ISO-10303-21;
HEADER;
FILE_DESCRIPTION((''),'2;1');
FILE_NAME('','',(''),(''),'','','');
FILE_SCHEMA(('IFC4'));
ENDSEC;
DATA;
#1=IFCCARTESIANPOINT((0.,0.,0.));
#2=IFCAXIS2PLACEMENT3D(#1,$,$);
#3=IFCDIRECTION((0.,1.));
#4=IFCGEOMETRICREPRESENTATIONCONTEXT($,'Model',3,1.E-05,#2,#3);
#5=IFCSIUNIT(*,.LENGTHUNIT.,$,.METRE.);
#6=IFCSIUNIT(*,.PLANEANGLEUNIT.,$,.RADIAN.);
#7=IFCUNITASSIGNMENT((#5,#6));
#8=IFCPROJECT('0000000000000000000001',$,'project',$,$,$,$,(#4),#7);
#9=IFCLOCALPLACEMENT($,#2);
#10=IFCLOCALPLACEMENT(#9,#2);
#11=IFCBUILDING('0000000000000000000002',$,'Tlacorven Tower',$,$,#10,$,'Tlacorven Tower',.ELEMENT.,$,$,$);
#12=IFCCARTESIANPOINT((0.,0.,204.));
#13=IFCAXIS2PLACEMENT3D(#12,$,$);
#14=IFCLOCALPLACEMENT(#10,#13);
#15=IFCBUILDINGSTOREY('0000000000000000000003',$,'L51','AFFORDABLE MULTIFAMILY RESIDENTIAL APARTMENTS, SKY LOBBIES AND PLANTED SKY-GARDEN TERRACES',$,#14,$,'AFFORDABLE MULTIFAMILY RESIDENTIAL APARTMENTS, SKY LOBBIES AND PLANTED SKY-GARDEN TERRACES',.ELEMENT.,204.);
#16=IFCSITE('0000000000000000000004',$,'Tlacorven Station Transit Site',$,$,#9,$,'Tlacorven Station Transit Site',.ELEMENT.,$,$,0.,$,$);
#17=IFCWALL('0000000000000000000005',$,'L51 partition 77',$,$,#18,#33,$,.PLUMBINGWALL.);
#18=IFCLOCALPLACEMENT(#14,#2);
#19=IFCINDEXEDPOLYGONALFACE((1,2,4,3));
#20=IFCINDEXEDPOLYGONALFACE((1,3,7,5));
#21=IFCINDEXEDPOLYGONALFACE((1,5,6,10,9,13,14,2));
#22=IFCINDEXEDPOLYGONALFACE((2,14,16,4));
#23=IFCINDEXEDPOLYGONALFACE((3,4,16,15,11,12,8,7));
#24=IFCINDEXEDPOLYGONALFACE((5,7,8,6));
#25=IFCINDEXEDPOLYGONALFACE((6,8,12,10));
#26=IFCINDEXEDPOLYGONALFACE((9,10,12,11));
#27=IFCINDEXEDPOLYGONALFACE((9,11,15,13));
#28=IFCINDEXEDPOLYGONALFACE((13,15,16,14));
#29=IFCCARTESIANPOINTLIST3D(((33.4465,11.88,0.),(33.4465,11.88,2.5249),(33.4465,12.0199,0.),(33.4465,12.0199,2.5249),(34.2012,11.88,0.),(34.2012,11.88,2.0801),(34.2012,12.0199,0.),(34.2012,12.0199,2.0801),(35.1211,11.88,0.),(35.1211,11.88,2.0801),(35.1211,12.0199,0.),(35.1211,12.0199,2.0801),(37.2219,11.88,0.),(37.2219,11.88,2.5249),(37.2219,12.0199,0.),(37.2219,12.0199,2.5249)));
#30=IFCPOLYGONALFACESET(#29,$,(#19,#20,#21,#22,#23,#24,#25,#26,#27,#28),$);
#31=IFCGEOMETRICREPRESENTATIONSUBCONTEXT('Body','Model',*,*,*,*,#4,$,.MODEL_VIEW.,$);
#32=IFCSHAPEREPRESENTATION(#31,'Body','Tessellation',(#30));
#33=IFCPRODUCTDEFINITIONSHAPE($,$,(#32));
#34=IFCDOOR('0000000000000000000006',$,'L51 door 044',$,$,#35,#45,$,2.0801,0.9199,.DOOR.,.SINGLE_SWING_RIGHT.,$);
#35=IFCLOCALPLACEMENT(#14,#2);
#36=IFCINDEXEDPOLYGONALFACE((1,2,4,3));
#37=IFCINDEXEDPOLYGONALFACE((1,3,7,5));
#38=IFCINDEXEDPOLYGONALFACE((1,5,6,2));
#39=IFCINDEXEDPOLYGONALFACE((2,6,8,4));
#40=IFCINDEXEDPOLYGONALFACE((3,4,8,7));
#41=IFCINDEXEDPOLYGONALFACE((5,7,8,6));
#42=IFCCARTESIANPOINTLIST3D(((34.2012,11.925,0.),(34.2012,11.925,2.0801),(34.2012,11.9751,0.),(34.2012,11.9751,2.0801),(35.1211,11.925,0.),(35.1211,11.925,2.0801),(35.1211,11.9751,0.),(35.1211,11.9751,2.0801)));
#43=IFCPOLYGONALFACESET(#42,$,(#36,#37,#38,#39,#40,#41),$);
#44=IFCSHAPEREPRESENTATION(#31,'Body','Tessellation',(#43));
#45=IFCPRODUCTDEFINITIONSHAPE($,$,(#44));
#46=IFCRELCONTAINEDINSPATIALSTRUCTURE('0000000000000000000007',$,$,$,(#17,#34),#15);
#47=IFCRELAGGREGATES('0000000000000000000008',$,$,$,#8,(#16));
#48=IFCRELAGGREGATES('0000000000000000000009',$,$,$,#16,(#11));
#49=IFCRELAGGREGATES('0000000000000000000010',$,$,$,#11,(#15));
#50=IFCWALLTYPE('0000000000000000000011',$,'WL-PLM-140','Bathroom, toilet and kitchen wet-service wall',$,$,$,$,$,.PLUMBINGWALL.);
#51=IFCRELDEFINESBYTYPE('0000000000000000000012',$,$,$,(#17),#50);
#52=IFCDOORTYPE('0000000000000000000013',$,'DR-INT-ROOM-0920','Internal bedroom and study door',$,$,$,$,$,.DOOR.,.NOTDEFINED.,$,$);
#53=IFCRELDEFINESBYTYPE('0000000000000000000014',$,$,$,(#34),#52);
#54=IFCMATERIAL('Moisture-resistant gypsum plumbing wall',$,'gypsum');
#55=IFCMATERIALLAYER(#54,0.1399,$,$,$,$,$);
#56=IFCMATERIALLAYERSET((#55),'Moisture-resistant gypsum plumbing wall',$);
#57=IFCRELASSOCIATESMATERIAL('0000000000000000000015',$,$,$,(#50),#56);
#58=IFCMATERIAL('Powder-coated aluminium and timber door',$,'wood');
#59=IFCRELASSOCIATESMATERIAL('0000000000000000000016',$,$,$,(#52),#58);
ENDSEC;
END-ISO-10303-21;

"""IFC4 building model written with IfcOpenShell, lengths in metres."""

from ifc_helpers import new_model, si_unit, direction, frame, frame_2d, origin, place, context, subcontext, project, spatial, rectangle, extrude, source, transform, mapped, material, layer, layer_set, type_object, element, fill, save


model = new_model("IFC4")

# Units and contexts
model_context = context("Model", 3, precision=1e-05, world=origin(), true_north=direction((0.0, 1.0)))
body_context = subcontext(model_context, "Body", "Model", "MODEL_VIEW")
ifc_project = project(units=[si_unit("LENGTHUNIT", "METRE"), si_unit("PLANEANGLEUNIT", "RADIAN")], contexts=[model_context])

# Site, building, storey
site_placement = place(None, origin())
site = spatial("IfcSite", under=ifc_project, at=site_placement, Name="Tlacorven Station Transit Site", LongName="Tlacorven Station Transit Site", CompositionType="ELEMENT", RefElevation=0.0)
building_placement = place(site_placement, origin())
building = spatial("IfcBuilding", under=site, at=building_placement, Name="Tlacorven Tower", LongName="Tlacorven Tower", CompositionType="ELEMENT")
storey_placement = place(building_placement, frame((0.0, 0.0, 204.0)))
storey = spatial("IfcBuildingStorey", under=building, at=storey_placement, Name="L51", Description="AFFORDABLE MULTIFAMILY RESIDENTIAL APARTMENTS, SKY LOBBIES AND PLANTED SKY-GARDEN TERRACES", LongName="AFFORDABLE MULTIFAMILY RESIDENTIAL APARTMENTS, SKY LOBBIES AND PLANTED SKY-GARDEN TERRACES", CompositionType="ELEMENT", Elevation=204.0)

# Wall, opening, door
ifc_material_1 = material(Name="Moisture-resistant gypsum plumbing wall", Category="gypsum")
ifc_layer_1 = layer(ifc_material_1, 0.1399)
ifc_layer_set_1 = layer_set([ifc_layer_1], Name="Moisture-resistant gypsum plumbing wall")
wall_type = type_object("IfcWallType", Name="WL-PLM-140", Description="Bathroom, toilet and kitchen wet-service wall", PredefinedType="PLUMBINGWALL", material=ifc_layer_set_1)
wall_placement = place(storey_placement, frame((33.4465, 11.95, 0.0), z_axis=(0.0, 0.0, 1.0), x_axis=(1.0, 0.0, 0.0)))
wall = element("IfcWall", 1, at=wall_placement, inside=storey, type_object=wall_type, Name="L51 partition 77", PredefinedType="PLUMBINGWALL", context=body_context, shape_type="SweptSolid", body=[
    extrude(rectangle(XDim=3.7754, YDim=0.1399, at=frame_2d((1.8877, 0.0))), origin(), (0.0, 0.0, 1.0), 2.5249),
])
opening_placement = place(wall_placement, frame((0.7546, 0.0, 0.0)))
opening = element("IfcOpeningElement", 2, at=opening_placement, cuts=wall, PredefinedType="OPENING", context=body_context, shape_type="SweptSolid", body=[
    extrude(rectangle(XDim=0.9199, YDim=2.0801, at=frame_2d((0.46, 1.04))), frame((0.0, 0.0801, 0.0), z_axis=(0.0, -1.0, 0.0), x_axis=(1.0, 0.0, 0.0)), (0.0, 0.0, 1.0), 0.1599),
])
ifc_material_2 = material(Name="Powder-coated aluminium and timber door", Category="wood")
door_type = type_object("IfcDoorType", Name="DR-INT-ROOM-0920", Description="Internal bedroom and study door", OperationType="NOTDEFINED", PredefinedType="DOOR", material=ifc_material_2)
shared_shape_1 = source(origin(), body_context, "Body", "SweptSolid", [
    extrude(rectangle(XDim=0.9199, YDim=2.0801, at=frame_2d((0.46, 1.04))), frame((0.0, 0.0249, 0.0), z_axis=(0.0, -1.0, 0.0), x_axis=(1.0, 0.0, 0.0)), (0.0, 0.0, 1.0), 0.05),
])
door_placement = place(opening_placement, frame((0.9199, 0.0, 0.0), z_axis=(0.0, 0.0, 1.0), x_axis=(-1.0, 0.0, 0.0)))
door = element("IfcDoor", 3, at=door_placement, inside=storey, type_object=door_type, Name="L51 door 044", OperationType="SINGLE_SWING_RIGHT", OverallHeight=2.0801, OverallWidth=0.9199, PredefinedType="DOOR", context=body_context, shape_type="MappedRepresentation", body=[
    mapped(shared_shape_1, transform((0.0, 0.0, 0.0), scale=1.0)),
])
fill(opening, door)

save(model, "model.ifc")
